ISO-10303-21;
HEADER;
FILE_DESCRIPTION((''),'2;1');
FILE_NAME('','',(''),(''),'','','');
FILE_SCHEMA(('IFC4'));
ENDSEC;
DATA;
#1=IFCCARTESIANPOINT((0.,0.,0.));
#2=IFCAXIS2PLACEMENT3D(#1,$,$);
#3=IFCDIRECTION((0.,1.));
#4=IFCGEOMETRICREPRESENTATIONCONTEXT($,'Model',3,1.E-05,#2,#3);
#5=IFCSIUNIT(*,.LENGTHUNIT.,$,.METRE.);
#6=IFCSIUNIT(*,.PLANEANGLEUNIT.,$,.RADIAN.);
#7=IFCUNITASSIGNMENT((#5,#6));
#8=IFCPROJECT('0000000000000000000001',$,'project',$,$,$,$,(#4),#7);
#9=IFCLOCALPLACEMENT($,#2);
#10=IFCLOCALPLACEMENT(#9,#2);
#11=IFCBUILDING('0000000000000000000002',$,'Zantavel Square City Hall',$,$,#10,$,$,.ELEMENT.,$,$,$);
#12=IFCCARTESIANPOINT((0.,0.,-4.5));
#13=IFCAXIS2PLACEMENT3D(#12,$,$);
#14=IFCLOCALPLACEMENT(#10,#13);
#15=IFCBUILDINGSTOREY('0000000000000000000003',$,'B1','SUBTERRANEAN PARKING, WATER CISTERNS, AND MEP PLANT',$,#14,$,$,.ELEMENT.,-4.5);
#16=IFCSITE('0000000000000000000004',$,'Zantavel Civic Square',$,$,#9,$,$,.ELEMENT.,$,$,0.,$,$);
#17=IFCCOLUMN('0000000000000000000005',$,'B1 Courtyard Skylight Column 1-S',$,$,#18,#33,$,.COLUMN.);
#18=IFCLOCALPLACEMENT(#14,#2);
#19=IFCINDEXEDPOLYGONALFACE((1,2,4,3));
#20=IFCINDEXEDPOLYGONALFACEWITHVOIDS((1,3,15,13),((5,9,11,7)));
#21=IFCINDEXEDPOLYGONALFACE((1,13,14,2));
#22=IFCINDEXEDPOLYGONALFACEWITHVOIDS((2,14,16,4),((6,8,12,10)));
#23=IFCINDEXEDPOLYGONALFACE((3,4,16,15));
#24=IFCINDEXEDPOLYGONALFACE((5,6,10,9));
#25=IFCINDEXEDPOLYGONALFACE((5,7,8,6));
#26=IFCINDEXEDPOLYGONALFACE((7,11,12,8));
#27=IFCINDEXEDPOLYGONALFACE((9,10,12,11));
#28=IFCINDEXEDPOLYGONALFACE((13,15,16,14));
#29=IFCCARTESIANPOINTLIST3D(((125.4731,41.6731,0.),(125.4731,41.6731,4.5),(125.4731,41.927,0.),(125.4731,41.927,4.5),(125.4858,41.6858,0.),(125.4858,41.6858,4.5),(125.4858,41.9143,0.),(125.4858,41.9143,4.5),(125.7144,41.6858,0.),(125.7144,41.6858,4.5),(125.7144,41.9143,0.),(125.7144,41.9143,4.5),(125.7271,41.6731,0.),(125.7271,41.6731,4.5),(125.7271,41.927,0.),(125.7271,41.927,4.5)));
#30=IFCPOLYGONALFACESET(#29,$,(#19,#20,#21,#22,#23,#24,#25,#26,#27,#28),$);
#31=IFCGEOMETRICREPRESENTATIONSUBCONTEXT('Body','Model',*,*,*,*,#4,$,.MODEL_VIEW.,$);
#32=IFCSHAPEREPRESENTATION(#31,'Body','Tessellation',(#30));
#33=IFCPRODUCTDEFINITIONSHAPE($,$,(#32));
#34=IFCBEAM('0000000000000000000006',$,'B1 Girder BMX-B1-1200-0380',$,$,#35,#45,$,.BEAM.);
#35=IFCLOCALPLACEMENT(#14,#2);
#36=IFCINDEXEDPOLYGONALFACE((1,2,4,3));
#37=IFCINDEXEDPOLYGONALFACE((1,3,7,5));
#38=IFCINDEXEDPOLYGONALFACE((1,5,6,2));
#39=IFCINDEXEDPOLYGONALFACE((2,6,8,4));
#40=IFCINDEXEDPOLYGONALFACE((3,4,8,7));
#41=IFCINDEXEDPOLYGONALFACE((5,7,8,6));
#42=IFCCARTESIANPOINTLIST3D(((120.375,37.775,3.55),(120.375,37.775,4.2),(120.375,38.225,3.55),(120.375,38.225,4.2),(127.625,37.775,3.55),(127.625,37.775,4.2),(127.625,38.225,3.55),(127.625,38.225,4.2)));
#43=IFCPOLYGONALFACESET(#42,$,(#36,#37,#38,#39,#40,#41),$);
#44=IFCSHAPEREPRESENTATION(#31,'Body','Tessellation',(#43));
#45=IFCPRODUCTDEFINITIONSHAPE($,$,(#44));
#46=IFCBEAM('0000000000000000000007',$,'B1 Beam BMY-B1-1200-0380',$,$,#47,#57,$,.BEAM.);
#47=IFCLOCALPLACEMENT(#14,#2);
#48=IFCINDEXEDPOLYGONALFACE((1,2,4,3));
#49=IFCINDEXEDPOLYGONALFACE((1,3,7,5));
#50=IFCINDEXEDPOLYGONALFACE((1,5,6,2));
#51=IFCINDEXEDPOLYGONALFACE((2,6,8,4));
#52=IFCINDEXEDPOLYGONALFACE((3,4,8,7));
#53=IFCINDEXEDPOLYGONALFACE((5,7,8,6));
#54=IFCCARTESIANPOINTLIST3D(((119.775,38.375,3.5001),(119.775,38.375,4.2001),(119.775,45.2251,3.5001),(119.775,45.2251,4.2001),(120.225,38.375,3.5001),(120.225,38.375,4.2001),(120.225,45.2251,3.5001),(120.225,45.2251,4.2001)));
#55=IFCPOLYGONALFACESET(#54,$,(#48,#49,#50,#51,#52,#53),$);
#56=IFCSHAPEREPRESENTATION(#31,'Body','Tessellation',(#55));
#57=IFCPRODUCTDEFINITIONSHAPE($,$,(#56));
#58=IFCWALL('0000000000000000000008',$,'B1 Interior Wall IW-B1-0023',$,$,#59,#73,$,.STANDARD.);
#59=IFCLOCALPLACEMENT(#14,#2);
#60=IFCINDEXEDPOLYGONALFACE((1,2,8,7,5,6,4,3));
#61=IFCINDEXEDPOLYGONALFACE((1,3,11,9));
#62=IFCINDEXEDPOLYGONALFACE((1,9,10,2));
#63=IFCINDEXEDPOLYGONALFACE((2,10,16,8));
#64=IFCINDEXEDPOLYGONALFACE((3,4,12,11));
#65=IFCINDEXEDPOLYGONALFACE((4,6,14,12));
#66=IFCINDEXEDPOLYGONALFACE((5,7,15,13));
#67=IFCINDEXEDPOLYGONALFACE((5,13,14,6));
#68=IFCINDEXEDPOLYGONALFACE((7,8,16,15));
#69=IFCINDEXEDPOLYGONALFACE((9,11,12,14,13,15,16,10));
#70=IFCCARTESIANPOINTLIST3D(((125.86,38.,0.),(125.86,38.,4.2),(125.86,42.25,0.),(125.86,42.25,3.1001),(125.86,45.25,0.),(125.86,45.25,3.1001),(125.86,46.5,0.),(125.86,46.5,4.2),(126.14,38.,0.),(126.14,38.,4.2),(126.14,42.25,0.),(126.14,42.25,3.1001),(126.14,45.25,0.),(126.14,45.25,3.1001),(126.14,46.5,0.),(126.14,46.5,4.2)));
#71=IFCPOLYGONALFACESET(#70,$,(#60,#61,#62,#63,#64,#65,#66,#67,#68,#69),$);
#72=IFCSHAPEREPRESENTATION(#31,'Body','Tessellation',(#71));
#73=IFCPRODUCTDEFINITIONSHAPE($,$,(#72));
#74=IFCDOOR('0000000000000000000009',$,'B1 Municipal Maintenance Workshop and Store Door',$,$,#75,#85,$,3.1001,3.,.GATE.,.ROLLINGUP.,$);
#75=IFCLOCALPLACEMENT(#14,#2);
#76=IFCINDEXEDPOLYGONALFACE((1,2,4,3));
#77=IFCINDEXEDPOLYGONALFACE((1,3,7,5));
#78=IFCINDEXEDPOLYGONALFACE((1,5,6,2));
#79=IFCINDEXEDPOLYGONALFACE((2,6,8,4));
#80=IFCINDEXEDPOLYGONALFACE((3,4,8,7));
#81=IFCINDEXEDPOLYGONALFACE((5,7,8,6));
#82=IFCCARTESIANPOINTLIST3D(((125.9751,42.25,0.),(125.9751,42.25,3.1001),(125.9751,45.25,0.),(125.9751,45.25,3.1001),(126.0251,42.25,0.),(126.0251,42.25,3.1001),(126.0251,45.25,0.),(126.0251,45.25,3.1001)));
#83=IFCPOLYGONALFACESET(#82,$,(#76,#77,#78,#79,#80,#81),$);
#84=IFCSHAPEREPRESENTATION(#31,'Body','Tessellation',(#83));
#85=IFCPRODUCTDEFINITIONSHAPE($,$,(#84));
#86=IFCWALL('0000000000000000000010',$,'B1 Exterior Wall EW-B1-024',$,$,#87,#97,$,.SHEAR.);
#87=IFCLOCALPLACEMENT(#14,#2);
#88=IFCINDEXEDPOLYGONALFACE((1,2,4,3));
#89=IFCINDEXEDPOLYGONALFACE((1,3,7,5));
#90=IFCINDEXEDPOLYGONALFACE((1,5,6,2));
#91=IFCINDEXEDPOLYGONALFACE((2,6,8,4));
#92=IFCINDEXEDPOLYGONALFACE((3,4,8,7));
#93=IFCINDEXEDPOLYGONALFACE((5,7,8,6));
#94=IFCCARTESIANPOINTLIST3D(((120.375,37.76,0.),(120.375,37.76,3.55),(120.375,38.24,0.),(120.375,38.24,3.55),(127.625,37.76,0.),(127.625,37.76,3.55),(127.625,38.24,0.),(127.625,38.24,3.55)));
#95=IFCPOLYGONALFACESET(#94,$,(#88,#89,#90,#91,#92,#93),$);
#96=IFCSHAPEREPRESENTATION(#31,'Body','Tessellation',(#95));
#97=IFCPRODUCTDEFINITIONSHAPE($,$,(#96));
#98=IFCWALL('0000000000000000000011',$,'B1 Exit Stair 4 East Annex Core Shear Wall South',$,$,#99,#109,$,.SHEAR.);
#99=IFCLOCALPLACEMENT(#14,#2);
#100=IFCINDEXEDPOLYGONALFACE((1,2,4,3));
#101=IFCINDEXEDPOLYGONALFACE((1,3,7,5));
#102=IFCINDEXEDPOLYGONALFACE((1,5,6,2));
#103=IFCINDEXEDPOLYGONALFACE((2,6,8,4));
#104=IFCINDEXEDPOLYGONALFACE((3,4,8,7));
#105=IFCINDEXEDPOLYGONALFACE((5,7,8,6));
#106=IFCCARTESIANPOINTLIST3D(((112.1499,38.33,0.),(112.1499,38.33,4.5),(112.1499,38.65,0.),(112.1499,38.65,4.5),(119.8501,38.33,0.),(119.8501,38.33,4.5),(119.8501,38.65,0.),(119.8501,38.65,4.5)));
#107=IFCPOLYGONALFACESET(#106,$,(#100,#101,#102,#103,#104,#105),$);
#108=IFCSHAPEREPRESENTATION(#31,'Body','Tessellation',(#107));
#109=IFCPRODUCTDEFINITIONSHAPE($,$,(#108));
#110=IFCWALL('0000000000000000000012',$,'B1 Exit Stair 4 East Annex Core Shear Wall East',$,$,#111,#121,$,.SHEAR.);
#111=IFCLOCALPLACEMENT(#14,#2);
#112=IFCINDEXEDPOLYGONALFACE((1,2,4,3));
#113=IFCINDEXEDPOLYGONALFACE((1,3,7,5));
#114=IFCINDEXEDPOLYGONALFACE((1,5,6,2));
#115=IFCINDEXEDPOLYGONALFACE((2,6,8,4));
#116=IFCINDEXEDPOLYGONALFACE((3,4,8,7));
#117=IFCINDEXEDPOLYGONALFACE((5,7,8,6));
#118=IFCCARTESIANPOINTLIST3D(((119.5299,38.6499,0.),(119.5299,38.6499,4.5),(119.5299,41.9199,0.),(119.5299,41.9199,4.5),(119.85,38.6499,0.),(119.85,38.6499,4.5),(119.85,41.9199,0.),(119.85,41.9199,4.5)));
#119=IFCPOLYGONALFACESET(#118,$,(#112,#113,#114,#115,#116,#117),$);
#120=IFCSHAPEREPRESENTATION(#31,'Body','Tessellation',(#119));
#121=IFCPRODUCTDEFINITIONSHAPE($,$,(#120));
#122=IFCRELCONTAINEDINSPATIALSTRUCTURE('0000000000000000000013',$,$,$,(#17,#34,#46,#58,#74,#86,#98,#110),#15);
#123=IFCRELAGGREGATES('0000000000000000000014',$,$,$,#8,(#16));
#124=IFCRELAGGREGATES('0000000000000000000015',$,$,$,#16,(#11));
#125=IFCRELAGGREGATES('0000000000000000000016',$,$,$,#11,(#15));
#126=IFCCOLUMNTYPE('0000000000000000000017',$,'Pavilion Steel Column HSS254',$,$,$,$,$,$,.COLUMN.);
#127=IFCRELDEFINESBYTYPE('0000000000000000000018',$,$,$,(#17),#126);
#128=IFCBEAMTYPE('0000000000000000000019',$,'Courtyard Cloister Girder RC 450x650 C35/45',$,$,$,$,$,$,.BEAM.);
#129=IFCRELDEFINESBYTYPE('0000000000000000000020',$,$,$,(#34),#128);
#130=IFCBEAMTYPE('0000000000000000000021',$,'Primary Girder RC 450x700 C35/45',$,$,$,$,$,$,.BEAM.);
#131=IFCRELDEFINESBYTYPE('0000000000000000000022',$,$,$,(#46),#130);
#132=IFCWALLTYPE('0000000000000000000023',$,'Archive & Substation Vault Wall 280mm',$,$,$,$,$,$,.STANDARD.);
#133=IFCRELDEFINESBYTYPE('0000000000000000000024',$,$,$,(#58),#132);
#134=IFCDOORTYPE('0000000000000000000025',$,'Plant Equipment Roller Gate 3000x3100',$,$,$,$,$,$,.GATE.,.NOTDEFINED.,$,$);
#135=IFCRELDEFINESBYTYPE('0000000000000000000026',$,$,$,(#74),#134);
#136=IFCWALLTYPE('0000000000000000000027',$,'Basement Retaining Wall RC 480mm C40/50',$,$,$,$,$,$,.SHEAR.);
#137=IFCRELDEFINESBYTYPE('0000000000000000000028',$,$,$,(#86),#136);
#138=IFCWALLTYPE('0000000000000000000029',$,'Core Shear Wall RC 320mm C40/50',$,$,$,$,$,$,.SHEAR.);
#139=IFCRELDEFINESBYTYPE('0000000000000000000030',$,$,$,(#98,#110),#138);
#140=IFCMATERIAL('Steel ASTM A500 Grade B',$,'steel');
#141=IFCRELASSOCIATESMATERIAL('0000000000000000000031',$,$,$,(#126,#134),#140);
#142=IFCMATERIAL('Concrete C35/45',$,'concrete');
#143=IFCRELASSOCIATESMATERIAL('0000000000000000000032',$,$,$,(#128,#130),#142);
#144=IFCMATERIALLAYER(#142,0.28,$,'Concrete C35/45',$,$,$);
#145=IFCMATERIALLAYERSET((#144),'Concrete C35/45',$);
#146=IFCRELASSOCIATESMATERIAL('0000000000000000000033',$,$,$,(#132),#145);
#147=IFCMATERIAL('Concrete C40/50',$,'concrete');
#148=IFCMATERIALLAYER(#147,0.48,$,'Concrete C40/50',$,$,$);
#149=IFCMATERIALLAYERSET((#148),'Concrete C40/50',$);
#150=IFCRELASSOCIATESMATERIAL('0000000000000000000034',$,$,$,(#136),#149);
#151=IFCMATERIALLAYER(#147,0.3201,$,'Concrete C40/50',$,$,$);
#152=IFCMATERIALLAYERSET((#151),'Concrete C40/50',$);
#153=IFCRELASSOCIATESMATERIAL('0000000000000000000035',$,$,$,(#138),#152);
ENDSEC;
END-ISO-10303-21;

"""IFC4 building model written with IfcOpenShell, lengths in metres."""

from ifc_helpers import new_model, si_unit, direction, frame, frame_2d, origin, origin_2d, place, context, subcontext, project, spatial, rectangle, hollow_rectangle, extrude, material, layer, layer_set, material_profile, profile_set, type_object, element, fill, save


model = new_model("IFC4")

# Units and contexts
model_context = context("Model", 3, precision=1e-05, world=origin(), true_north=direction((0.0, 1.0)))
body_context = subcontext(model_context, "Body", "Model", "MODEL_VIEW")
ifc_project = project(units=[si_unit("LENGTHUNIT", "METRE"), si_unit("PLANEANGLEUNIT", "RADIAN")], contexts=[model_context])

# Site, building, storey
site_placement = place(None, origin())
site = spatial("IfcSite", under=ifc_project, at=site_placement, Name="Zantavel Civic Square", CompositionType="ELEMENT", RefElevation=0.0)
building_placement = place(site_placement, origin())
building = spatial("IfcBuilding", under=site, at=building_placement, Name="Zantavel Square City Hall", CompositionType="ELEMENT")
storey_placement = place(building_placement, frame((0.0, 0.0, -4.5)))
storey = spatial("IfcBuildingStorey", under=building, at=storey_placement, Name="B1", Description="SUBTERRANEAN PARKING, WATER CISTERNS, AND MEP PLANT", CompositionType="ELEMENT", Elevation=-4.5)

# Shared definitions
ifc_material_1 = material(Name="Concrete C35/45", Category="concrete")

# Shared definitions
ifc_material_2 = material(Name="Concrete C40/50", Category="concrete")

# Column
ifc_material_3 = material(Name="Steel ASTM A500 Grade B", Category="steel")
ifc_material_profile_1 = material_profile(ifc_material_3, hollow_rectangle(XDim=0.2539, YDim=0.2539, WallThickness=0.0127, at=origin_2d()), Name="HSS 254x254x12.7")
ifc_profile_set_1 = profile_set([ifc_material_profile_1], Name="Steel ASTM A500 Grade B")
column_type = type_object("IfcColumnType", Name="Pavilion Steel Column HSS254", PredefinedType="COLUMN", material=ifc_profile_set_1)
column_placement = place(storey_placement, frame((125.6001, 41.8, 0.0), z_axis=(0.0, 0.0, 1.0), x_axis=(1.0, 0.0, 0.0)))
element("IfcColumn", 1, at=column_placement, inside=storey, type_object=column_type, Name="B1 Courtyard Skylight Column 1-S", PredefinedType="COLUMN", context=body_context, shape_type="SweptSolid", body=[
    extrude(hollow_rectangle(XDim=0.2539, YDim=0.2539, WallThickness=0.0127, at=origin_2d()), origin(), (0.0, 0.0, 1.0), 4.5),
])

# Beams
ifc_material_profile_2 = material_profile(ifc_material_1, rectangle(XDim=0.45, YDim=0.6499, at=origin_2d()), Name="RC 450x650")
ifc_profile_set_2 = profile_set([ifc_material_profile_2], Name="Concrete C35/45")
beam_type_1 = type_object("IfcBeamType", Name="Courtyard Cloister Girder RC 450x650 C35/45", PredefinedType="BEAM", material=ifc_profile_set_2)
beam_1_placement = place(storey_placement, frame((120.375, 38.0, 3.875), z_axis=(1.0, 0.0, 0.0), x_axis=(0.0, 1.0, 0.0)))
element("IfcBeam", 2, at=beam_1_placement, inside=storey, type_object=beam_type_1, Name="B1 Girder BMX-B1-1200-0380", PredefinedType="BEAM", context=body_context, shape_type="SweptSolid", body=[
    extrude(rectangle(XDim=0.45, YDim=0.6499, at=origin_2d()), origin(), (0.0, 0.0, 1.0), 7.25),
])
ifc_material_profile_3 = material_profile(ifc_material_1, rectangle(XDim=0.45, YDim=0.7, at=origin_2d()), Name="RC 450x700")
ifc_profile_set_3 = profile_set([ifc_material_profile_3], Name="Concrete C35/45")
beam_type_2 = type_object("IfcBeamType", Name="Primary Girder RC 450x700 C35/45", PredefinedType="BEAM", material=ifc_profile_set_3)
beam_2_placement = place(storey_placement, frame((120.0, 38.375, 3.8501), z_axis=(0.0, 1.0, 0.0), x_axis=(-1.0, 0.0, 0.0)))
element("IfcBeam", 3, at=beam_2_placement, inside=storey, type_object=beam_type_2, Name="B1 Beam BMY-B1-1200-0380", PredefinedType="BEAM", context=body_context, shape_type="SweptSolid", body=[
    extrude(rectangle(XDim=0.45, YDim=0.7, at=origin_2d()), origin(), (0.0, 0.0, 1.0), 6.8501),
])

# Wall, opening, door
ifc_layer_1 = layer(ifc_material_1, 0.28, Name="Concrete C35/45")
ifc_layer_set_1 = layer_set([ifc_layer_1], Name="Concrete C35/45")
wall_type_1 = type_object("IfcWallType", Name="Archive & Substation Vault Wall 280mm", PredefinedType="STANDARD", material=ifc_layer_set_1)
wall_1_placement = place(storey_placement, frame((126.0, 38.0, 0.0), z_axis=(0.0, 0.0, 1.0), x_axis=(0.0, 1.0, 0.0)))
wall_1 = element("IfcWall", 4, at=wall_1_placement, inside=storey, type_object=wall_type_1, Name="B1 Interior Wall IW-B1-0023", PredefinedType="STANDARD", context=body_context, shape_type="SweptSolid", body=[
    extrude(rectangle(XDim=8.5, YDim=0.28, at=frame_2d((4.25, 0.0))), origin(), (0.0, 0.0, 1.0), 4.2),
])
opening_placement = place(wall_1_placement, frame((4.25, 0.0, 0.0)))
opening = element("IfcOpeningElement", 5, at=opening_placement, cuts=wall_1, PredefinedType="OPENING", context=body_context, shape_type="SweptSolid", body=[
    extrude(rectangle(XDim=3.0, YDim=3.1001, at=frame_2d((1.5, 1.55))), frame((0.0, 0.1499, 0.0), z_axis=(0.0, -1.0, 0.0), x_axis=(1.0, 0.0, 0.0)), (0.0, 0.0, 1.0), 0.3),
])
door_type = type_object("IfcDoorType", Name="Plant Equipment Roller Gate 3000x3100", OperationType="NOTDEFINED", PredefinedType="GATE", material=ifc_material_3)
door_placement = place(opening_placement, origin())
door = element("IfcDoor", 6, at=door_placement, inside=storey, type_object=door_type, Name="B1 Municipal Maintenance Workshop and Store Door", OperationType="ROLLINGUP", OverallHeight=3.1001, OverallWidth=3.0, PredefinedType="GATE", context=body_context, shape_type="SweptSolid", body=[
    extrude(rectangle(XDim=3.0, YDim=3.1001, at=frame_2d((1.5, 1.55))), frame((0.0, 0.0249, 0.0), z_axis=(0.0, -1.0, 0.0), x_axis=(1.0, 0.0, 0.0)), (0.0, 0.0, 1.0), 0.05),
])
fill(opening, door)

# Walls
ifc_layer_2 = layer(ifc_material_2, 0.48, Name="Concrete C40/50")
ifc_layer_set_2 = layer_set([ifc_layer_2], Name="Concrete C40/50")
wall_type_2 = type_object("IfcWallType", Name="Basement Retaining Wall RC 480mm C40/50", PredefinedType="SHEAR", material=ifc_layer_set_2)
wall_2_placement = place(storey_placement, frame((127.625, 38.0, 0.0), z_axis=(0.0, 0.0, 1.0), x_axis=(-1.0, 0.0, 0.0)))
element("IfcWall", 7, at=wall_2_placement, inside=storey, type_object=wall_type_2, Name="B1 Exterior Wall EW-B1-024", PredefinedType="SHEAR", context=body_context, shape_type="SweptSolid", body=[
    extrude(rectangle(XDim=7.25, YDim=0.48, at=frame_2d((3.625, 0.0))), origin(), (0.0, 0.0, 1.0), 3.55),
])
ifc_layer_3 = layer(ifc_material_2, 0.3201, Name="Concrete C40/50")
ifc_layer_set_3 = layer_set([ifc_layer_3], Name="Concrete C40/50")
wall_type_3 = type_object("IfcWallType", Name="Core Shear Wall RC 320mm C40/50", PredefinedType="SHEAR", material=ifc_layer_set_3)
wall_3_placement = place(storey_placement, frame((119.8501, 38.49, 0.0), z_axis=(0.0, 0.0, 1.0), x_axis=(-1.0, 0.0, 0.0)))
element("IfcWall", 8, at=wall_3_placement, inside=storey, type_object=wall_type_3, Name="B1 Exit Stair 4 East Annex Core Shear Wall South", PredefinedType="SHEAR", context=body_context, shape_type="SweptSolid", body=[
    extrude(rectangle(XDim=7.7002, YDim=0.3201, at=frame_2d((3.8501, 0.0))), origin(), (0.0, 0.0, 1.0), 4.5),
])
wall_4_placement = place(storey_placement, frame((119.6899, 41.9199, 0.0), z_axis=(0.0, 0.0, 1.0), x_axis=(0.0, -1.0, 0.0)))
element("IfcWall", 9, at=wall_4_placement, inside=storey, type_object=wall_type_3, Name="B1 Exit Stair 4 East Annex Core Shear Wall East", PredefinedType="SHEAR", context=body_context, shape_type="SweptSolid", body=[
    extrude(rectangle(XDim=3.27, YDim=0.3201, at=frame_2d((1.635, 0.0))), origin(), (0.0, 0.0, 1.0), 4.5),
])

save(model, "model.ifc")
